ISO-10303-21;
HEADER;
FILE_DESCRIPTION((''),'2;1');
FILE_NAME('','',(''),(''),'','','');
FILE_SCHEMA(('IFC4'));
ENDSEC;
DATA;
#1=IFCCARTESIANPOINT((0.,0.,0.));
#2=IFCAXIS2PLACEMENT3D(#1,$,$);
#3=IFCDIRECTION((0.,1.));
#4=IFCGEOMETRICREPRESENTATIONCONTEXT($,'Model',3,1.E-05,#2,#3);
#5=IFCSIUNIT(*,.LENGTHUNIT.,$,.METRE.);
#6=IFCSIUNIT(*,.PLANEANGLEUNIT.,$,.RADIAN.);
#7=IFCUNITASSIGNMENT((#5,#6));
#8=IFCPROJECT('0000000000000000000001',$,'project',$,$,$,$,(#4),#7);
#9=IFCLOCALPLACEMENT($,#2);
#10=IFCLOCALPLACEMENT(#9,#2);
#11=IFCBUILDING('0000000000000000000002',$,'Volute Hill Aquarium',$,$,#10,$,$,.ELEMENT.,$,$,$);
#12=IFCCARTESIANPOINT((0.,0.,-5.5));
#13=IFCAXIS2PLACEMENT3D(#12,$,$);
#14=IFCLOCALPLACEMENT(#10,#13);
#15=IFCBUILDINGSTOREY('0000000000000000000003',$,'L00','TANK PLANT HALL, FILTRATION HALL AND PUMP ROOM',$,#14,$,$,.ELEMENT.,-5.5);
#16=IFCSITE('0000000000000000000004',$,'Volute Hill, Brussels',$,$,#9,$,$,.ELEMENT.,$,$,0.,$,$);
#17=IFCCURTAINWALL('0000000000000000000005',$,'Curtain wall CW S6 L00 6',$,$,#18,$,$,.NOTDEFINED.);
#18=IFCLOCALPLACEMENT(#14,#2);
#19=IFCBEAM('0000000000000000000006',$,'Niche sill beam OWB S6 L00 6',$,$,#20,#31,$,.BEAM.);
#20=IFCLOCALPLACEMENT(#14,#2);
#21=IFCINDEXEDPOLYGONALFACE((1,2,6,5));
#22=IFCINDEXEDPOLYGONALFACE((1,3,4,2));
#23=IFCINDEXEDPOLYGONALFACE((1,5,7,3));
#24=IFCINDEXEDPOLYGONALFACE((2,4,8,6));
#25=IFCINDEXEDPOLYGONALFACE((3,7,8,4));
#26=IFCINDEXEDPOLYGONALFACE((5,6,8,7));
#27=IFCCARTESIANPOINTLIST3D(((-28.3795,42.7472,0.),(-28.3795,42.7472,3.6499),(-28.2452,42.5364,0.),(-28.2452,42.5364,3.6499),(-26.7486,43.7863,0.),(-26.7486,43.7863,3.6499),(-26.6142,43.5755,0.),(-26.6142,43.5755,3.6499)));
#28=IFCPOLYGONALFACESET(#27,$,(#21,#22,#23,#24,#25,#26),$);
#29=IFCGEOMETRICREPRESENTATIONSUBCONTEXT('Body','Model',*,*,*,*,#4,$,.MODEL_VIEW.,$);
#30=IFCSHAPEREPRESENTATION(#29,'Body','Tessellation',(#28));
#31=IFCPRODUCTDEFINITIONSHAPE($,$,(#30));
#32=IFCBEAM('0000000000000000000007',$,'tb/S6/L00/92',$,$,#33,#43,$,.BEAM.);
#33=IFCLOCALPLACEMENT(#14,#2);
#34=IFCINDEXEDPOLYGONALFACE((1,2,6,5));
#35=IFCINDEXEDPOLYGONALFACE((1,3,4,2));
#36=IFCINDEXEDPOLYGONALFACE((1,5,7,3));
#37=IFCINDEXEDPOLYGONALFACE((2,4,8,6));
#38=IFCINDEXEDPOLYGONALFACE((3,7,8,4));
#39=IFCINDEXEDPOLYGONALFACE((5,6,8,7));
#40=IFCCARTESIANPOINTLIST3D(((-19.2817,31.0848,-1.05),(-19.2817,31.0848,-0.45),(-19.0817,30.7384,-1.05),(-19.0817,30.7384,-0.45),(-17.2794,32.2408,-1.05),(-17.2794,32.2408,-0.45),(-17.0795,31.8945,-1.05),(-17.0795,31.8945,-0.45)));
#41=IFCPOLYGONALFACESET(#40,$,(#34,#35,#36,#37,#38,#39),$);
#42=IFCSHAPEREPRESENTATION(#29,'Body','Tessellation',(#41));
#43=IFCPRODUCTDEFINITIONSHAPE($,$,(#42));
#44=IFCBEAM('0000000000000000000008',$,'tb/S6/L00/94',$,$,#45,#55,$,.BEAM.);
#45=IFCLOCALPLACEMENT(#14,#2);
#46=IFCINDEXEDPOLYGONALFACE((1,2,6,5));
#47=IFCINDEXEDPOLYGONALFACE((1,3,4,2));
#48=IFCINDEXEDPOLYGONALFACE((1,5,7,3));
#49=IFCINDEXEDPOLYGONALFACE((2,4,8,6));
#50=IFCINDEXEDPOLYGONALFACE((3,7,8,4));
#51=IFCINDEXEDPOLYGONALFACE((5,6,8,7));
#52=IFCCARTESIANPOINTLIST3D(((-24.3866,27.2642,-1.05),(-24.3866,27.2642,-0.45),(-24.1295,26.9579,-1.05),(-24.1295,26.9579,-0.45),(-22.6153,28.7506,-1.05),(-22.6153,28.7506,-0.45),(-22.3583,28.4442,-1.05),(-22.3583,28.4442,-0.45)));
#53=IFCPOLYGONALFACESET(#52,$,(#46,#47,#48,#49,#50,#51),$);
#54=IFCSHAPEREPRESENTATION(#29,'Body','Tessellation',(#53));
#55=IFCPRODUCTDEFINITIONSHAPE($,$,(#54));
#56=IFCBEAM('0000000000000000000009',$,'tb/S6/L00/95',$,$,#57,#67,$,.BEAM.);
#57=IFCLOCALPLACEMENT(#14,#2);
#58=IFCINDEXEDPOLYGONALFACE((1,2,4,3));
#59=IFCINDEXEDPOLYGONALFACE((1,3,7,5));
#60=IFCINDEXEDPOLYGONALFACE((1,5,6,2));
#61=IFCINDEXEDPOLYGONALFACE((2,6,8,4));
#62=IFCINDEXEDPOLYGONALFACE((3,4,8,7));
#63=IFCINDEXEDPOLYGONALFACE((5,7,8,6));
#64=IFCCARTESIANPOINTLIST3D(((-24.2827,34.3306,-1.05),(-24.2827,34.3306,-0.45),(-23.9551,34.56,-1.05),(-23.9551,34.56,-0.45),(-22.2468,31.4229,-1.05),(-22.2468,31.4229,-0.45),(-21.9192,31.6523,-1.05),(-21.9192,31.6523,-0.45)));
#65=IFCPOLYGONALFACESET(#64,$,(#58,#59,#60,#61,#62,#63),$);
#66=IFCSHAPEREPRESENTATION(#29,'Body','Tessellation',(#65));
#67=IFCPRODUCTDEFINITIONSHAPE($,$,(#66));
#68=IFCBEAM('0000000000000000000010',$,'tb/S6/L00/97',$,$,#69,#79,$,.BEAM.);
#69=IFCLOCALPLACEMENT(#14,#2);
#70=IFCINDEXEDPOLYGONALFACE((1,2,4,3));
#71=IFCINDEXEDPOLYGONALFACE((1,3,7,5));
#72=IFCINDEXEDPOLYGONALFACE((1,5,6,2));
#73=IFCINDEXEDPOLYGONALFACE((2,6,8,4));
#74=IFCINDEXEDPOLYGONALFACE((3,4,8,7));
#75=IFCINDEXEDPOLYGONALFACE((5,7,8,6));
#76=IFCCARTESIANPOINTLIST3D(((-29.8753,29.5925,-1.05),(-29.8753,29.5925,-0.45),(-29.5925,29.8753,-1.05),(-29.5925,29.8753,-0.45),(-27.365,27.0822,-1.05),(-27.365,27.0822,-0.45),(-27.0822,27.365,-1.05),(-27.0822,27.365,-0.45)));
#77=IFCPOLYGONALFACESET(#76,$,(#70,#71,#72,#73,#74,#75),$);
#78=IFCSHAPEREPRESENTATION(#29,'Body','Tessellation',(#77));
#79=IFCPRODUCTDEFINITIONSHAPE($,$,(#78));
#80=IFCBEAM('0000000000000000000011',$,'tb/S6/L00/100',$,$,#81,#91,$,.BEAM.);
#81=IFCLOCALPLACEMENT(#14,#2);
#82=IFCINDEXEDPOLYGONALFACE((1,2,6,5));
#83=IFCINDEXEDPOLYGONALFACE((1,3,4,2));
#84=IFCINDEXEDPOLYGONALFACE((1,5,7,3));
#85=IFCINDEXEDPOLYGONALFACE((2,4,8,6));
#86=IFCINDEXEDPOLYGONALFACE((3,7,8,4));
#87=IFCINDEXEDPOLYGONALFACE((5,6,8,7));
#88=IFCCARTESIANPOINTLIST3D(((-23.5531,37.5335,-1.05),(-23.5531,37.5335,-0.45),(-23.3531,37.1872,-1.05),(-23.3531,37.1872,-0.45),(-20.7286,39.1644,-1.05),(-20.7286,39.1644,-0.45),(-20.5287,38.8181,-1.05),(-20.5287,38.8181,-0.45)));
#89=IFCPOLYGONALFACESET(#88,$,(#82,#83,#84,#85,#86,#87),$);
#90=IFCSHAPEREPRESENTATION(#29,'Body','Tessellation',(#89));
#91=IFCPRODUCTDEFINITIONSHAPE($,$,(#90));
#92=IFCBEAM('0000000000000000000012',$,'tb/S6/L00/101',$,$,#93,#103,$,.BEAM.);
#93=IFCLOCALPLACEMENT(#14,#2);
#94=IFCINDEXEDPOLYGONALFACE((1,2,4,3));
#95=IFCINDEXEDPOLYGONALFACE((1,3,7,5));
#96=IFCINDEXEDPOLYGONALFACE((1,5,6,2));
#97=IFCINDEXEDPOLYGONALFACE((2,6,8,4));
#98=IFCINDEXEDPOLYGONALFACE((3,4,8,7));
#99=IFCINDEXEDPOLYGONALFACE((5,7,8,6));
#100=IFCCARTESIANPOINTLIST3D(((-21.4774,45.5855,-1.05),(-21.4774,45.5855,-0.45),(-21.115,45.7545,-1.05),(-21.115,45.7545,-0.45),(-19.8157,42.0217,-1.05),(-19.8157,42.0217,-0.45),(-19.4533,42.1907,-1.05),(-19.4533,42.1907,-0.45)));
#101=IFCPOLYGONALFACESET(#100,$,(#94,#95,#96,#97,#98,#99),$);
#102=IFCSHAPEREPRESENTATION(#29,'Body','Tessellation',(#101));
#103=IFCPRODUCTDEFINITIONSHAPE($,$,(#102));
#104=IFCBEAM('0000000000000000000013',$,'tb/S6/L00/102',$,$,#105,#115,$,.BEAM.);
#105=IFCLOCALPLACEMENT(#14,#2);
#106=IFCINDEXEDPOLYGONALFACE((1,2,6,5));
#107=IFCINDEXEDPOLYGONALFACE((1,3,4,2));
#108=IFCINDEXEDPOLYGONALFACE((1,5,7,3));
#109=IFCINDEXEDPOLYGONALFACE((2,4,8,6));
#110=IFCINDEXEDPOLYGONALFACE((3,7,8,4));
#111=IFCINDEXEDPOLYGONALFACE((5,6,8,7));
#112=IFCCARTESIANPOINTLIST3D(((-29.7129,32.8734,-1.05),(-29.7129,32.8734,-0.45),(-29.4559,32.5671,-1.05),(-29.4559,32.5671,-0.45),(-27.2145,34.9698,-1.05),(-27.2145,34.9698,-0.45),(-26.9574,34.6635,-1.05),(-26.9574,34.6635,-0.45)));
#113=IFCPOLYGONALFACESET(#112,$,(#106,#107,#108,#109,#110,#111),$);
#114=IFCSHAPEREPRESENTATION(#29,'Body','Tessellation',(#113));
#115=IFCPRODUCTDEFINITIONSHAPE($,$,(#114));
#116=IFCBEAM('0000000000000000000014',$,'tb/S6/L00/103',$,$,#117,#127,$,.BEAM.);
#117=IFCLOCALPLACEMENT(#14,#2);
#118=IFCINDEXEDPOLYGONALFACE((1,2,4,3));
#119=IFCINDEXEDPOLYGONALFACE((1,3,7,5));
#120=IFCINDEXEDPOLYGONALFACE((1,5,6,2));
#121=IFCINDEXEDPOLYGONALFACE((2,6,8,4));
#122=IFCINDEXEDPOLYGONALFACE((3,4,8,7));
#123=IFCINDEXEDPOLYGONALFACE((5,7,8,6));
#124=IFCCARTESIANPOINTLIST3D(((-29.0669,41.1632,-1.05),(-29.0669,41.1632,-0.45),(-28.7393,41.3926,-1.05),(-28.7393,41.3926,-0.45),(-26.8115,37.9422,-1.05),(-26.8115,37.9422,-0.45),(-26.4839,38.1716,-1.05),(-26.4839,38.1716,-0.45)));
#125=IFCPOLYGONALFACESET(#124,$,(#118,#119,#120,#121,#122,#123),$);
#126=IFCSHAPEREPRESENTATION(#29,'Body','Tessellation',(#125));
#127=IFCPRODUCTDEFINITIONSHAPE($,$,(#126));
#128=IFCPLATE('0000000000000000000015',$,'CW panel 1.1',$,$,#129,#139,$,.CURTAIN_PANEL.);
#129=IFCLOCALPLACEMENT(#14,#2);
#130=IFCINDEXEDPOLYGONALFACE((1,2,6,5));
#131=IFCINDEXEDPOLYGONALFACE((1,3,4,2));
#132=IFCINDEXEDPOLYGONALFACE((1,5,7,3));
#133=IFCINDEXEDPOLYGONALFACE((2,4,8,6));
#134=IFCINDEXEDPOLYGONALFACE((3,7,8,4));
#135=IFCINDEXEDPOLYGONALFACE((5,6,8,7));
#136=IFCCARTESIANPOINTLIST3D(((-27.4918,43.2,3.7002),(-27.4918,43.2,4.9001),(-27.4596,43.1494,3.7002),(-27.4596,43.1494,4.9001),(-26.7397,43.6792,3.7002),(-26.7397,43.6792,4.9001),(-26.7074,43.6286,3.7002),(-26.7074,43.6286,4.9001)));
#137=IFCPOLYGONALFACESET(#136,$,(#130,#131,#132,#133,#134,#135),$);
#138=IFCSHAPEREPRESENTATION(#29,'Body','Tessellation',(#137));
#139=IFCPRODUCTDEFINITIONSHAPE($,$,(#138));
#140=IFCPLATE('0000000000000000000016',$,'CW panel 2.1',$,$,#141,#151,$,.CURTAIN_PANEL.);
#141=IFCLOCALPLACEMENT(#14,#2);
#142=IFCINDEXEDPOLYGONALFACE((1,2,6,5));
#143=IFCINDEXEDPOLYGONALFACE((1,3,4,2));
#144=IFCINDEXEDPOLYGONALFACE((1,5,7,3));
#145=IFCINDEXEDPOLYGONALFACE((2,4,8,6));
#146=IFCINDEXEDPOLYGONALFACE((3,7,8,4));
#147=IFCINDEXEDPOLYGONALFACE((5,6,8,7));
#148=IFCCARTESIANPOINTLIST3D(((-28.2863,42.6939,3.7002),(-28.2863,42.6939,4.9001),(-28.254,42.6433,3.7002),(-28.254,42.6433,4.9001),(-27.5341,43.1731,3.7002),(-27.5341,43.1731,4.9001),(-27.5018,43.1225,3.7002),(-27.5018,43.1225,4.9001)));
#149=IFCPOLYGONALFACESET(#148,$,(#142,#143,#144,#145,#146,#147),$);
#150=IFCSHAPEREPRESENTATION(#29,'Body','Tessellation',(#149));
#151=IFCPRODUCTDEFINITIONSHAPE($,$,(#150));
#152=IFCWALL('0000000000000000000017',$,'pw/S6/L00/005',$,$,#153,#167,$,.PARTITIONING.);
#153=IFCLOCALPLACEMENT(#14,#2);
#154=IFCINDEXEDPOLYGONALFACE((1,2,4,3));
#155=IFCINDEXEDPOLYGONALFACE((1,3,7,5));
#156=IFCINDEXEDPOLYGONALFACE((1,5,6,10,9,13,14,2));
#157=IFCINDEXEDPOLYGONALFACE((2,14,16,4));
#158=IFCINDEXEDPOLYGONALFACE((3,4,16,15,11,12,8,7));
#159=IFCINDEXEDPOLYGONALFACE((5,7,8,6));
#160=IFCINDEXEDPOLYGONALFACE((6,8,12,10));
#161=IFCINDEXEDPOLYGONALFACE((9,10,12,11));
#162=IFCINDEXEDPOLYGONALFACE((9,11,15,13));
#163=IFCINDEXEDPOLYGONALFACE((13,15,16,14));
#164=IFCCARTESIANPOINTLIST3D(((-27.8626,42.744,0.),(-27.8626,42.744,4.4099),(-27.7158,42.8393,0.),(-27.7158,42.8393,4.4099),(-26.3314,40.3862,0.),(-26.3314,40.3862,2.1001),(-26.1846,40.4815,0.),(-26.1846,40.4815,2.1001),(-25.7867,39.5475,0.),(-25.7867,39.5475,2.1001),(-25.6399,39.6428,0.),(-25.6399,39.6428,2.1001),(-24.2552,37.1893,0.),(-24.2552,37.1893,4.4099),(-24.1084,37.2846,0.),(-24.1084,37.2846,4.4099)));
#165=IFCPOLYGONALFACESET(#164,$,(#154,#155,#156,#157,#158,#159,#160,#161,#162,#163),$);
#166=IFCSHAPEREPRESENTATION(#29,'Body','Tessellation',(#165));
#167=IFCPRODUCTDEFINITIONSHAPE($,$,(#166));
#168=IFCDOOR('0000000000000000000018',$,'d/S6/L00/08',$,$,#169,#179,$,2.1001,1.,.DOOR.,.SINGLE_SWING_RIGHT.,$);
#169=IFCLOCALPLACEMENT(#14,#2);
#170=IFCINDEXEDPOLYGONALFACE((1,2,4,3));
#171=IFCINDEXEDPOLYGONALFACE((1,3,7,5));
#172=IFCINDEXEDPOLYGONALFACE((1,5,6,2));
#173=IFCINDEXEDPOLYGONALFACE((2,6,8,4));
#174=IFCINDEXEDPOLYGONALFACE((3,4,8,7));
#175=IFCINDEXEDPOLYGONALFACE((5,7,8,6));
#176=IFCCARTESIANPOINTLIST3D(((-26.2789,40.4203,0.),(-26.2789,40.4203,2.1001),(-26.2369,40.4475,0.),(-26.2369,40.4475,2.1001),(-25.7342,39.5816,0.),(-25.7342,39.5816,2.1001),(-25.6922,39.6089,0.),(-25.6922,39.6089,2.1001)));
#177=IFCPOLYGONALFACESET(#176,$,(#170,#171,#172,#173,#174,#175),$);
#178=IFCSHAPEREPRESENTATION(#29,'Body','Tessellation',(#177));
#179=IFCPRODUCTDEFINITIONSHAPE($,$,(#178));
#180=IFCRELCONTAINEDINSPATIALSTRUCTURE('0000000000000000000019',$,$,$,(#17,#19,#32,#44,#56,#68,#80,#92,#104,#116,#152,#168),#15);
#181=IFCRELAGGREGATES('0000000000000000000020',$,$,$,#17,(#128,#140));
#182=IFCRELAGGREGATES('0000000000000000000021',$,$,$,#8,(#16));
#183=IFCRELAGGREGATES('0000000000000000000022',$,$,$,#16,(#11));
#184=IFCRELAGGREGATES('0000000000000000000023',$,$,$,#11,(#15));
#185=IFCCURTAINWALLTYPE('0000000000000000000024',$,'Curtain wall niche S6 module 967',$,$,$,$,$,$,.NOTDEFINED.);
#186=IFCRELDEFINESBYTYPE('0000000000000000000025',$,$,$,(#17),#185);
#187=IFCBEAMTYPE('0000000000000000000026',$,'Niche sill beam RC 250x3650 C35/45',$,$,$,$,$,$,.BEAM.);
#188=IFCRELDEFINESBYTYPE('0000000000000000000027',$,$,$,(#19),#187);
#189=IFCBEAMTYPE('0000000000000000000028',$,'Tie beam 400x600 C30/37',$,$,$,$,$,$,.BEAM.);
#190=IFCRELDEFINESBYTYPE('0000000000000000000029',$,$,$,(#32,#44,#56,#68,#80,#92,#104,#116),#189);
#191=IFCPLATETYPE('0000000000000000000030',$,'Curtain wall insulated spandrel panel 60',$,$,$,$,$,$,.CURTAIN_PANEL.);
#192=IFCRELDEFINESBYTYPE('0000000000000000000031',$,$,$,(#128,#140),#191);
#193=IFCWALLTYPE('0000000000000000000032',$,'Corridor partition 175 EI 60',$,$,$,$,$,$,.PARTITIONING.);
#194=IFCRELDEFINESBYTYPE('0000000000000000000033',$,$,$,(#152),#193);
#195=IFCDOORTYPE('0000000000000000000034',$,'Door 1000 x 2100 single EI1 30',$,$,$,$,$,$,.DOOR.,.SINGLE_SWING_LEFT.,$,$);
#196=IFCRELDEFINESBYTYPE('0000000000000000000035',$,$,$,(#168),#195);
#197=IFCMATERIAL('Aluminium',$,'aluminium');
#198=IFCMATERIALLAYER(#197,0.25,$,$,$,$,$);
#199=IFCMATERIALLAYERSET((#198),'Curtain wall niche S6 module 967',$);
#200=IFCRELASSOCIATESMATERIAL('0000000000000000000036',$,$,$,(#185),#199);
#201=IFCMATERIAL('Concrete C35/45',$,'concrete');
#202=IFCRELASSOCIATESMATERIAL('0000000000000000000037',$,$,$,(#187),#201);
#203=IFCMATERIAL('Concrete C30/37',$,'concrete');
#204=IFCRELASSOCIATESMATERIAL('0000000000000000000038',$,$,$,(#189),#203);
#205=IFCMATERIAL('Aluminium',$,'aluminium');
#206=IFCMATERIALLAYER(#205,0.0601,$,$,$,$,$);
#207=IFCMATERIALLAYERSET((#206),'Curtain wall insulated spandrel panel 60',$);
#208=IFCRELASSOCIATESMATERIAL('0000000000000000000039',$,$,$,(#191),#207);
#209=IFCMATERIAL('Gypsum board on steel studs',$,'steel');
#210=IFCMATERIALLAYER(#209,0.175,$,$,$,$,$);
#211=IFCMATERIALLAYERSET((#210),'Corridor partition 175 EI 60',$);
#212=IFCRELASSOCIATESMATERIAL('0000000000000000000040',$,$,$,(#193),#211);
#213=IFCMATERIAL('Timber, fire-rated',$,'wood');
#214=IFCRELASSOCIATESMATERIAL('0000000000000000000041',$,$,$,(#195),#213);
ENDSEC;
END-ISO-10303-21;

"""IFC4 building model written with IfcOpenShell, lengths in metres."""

from ifc_helpers import new_model, si_unit, direction, frame, frame_2d, origin, origin_2d, place, context, subcontext, project, spatial, rectangle, extrude, material, layer, layer_set, material_profile, profile_set, type_object, element, fill, aggregate, save


model = new_model("IFC4")

# Units and contexts
model_context = context("Model", 3, precision=1e-05, world=origin(), true_north=direction((0.0, 1.0)))
body_context = subcontext(model_context, "Body", "Model", "MODEL_VIEW")
ifc_project = project(units=[si_unit("LENGTHUNIT", "METRE"), si_unit("PLANEANGLEUNIT", "RADIAN")], contexts=[model_context])

# Site, building, storey
site_placement = place(None, origin())
site = spatial("IfcSite", under=ifc_project, at=site_placement, Name="Volute Hill, Brussels", CompositionType="ELEMENT", RefElevation=0.0)
building_placement = place(site_placement, origin())
building = spatial("IfcBuilding", under=site, at=building_placement, Name="Volute Hill Aquarium", CompositionType="ELEMENT")
storey_placement = place(building_placement, frame((0.0, 0.0, -5.5)))
storey = spatial("IfcBuildingStorey", under=building, at=storey_placement, Name="L00", Description="TANK PLANT HALL, FILTRATION HALL AND PUMP ROOM", CompositionType="ELEMENT", Elevation=-5.5)

# Curtain wall
ifc_material_1 = material(Name="Aluminium", Category="aluminium")
ifc_layer_1 = layer(ifc_material_1, 0.25)
ifc_layer_set_1 = layer_set([ifc_layer_1], Name="Curtain wall niche S6 module 967")
curtain_wall_type = type_object("IfcCurtainWallType", Name="Curtain wall niche S6 module 967", PredefinedType="NOTDEFINED", material=ifc_layer_set_1)
curtain_wall_placement = place(storey_placement, origin())
curtain_wall = element("IfcCurtainWall", 1, at=curtain_wall_placement, inside=storey, type_object=curtain_wall_type, Name="Curtain wall CW S6 L00 6", PredefinedType="NOTDEFINED")

# Beams
ifc_material_2 = material(Name="Concrete C35/45", Category="concrete")
ifc_material_profile_1 = material_profile(ifc_material_2, rectangle(XDim=0.25, YDim=3.6499, at=origin_2d()), Name="RC beam 250x3650")
ifc_profile_set_1 = profile_set([ifc_material_profile_1], Name="Concrete C35/45")
beam_type_1 = type_object("IfcBeamType", Name="Niche sill beam RC 250x3650 C35/45", PredefinedType="BEAM", material=ifc_profile_set_1)
beam_1_placement = place(storey_placement, frame((-26.6814, 43.6809, 1.825), z_axis=(-0.84337, -0.537333, 0.0), x_axis=(0.537333, -0.84337, 0.0)))
element("IfcBeam", 2, at=beam_1_placement, inside=storey, type_object=beam_type_1, Name="Niche sill beam OWB S6 L00 6", PredefinedType="BEAM", context=body_context, shape_type="SweptSolid", body=[
    extrude(rectangle(XDim=0.25, YDim=3.6499, at=origin_2d()), origin(), (0.0, 0.0, 1.0), 1.9338),
])
ifc_material_3 = material(Name="Concrete C30/37", Category="concrete")
ifc_material_profile_2 = material_profile(ifc_material_3, rectangle(XDim=0.3999, YDim=0.6001, at=origin_2d()), Name="RC tie beam 400x600")
ifc_profile_set_2 = profile_set([ifc_material_profile_2], Name="Concrete C30/37")
beam_type_2 = type_object("IfcBeamType", Name="Tie beam 400x600 C30/37", PredefinedType="BEAM", material=ifc_profile_set_2)
beam_2_placement = place(storey_placement, frame((-17.1794, 32.0676, -0.75), z_axis=(-0.866019, -0.500012, 0.0), x_axis=(0.500012, -0.866019, 0.0)))
element("IfcBeam", 3, at=beam_2_placement, inside=storey, type_object=beam_type_2, Name="tb/S6/L00/92", PredefinedType="BEAM", context=body_context, shape_type="SweptSolid", body=[
    extrude(rectangle(XDim=0.3999, YDim=0.6001, at=origin_2d()), origin(), (0.0, 0.0, 1.0), 2.312),
])
beam_3_placement = place(storey_placement, frame((-22.4868, 28.5974, -0.75), z_axis=(-0.766027, -0.642808, 0.0), x_axis=(0.642808, -0.766027, 0.0)))
element("IfcBeam", 4, at=beam_3_placement, inside=storey, type_object=beam_type_2, Name="tb/S6/L00/94", PredefinedType="BEAM", context=body_context, shape_type="SweptSolid", body=[
    extrude(rectangle(XDim=0.3999, YDim=0.6001, at=origin_2d()), origin(), (0.0, 0.0, 1.0), 2.3123),
])
beam_4_placement = place(storey_placement, frame((-22.083, 31.5376, -0.75), z_axis=(-0.573555, 0.819167, 0.0), x_axis=(-0.819167, -0.573555, 0.0)))
element("IfcBeam", 5, at=beam_4_placement, inside=storey, type_object=beam_type_2, Name="tb/S6/L00/95", PredefinedType="BEAM", context=body_context, shape_type="SweptSolid", body=[
    extrude(rectangle(XDim=0.3999, YDim=0.6001, at=origin_2d()), origin(), (0.0, 0.0, 1.0), 3.5496),
])
beam_5_placement = place(storey_placement, frame((-27.2236, 27.2236, -0.75), z_axis=(-0.707107, 0.707107, 0.0), x_axis=(-0.707107, -0.707107, 0.0)))
element("IfcBeam", 6, at=beam_5_placement, inside=storey, type_object=beam_type_2, Name="tb/S6/L00/97", PredefinedType="BEAM", context=body_context, shape_type="SweptSolid", body=[
    extrude(rectangle(XDim=0.3999, YDim=0.6001, at=origin_2d()), origin(), (0.0, 0.0, 1.0), 3.55),
])
beam_6_placement = place(storey_placement, frame((-20.6287, 38.9912, -0.75), z_axis=(-0.866005, -0.500036, 0.0), x_axis=(0.500036, -0.866005, 0.0)))
element("IfcBeam", 7, at=beam_6_placement, inside=storey, type_object=beam_type_2, Name="tb/S6/L00/100", PredefinedType="BEAM", context=body_context, shape_type="SweptSolid", body=[
    extrude(rectangle(XDim=0.3999, YDim=0.6001, at=origin_2d()), origin(), (0.0, 0.0, 1.0), 3.2615),
])
beam_7_placement = place(storey_placement, frame((-19.6345, 42.1062, -0.75), z_axis=(-0.422583, 0.906324, 0.0), x_axis=(-0.906324, -0.422583, 0.0)))
element("IfcBeam", 8, at=beam_7_placement, inside=storey, type_object=beam_type_2, Name="tb/S6/L00/101", PredefinedType="BEAM", context=body_context, shape_type="SweptSolid", body=[
    extrude(rectangle(XDim=0.3999, YDim=0.6001, at=origin_2d()), origin(), (0.0, 0.0, 1.0), 3.9321),
])
beam_8_placement = place(storey_placement, frame((-27.0859, 34.8167, -0.75), z_axis=(-0.766057, -0.642772, 0.0), x_axis=(0.642772, -0.766057, 0.0)))
element("IfcBeam", 9, at=beam_8_placement, inside=storey, type_object=beam_type_2, Name="tb/S6/L00/102", PredefinedType="BEAM", context=body_context, shape_type="SweptSolid", body=[
    extrude(rectangle(XDim=0.3999, YDim=0.6001, at=origin_2d()), origin(), (0.0, 0.0, 1.0), 3.2615),
])
beam_9_placement = place(storey_placement, frame((-26.6477, 38.0569, -0.75), z_axis=(-0.573583, 0.819147, 0.0), x_axis=(-0.819147, -0.573583, 0.0)))
element("IfcBeam", 10, at=beam_9_placement, inside=storey, type_object=beam_type_2, Name="tb/S6/L00/103", PredefinedType="BEAM", context=body_context, shape_type="SweptSolid", body=[
    extrude(rectangle(XDim=0.3999, YDim=0.6001, at=origin_2d()), origin(), (0.0, 0.0, 1.0), 3.9321),
])

# Plates
ifc_material_4 = material(Name="Aluminium", Category="aluminium")
ifc_layer_2 = layer(ifc_material_4, 0.0601)
ifc_layer_set_2 = layer_set([ifc_layer_2], Name="Curtain wall insulated spandrel panel 60")
plate_type = type_object("IfcPlateType", Name="Curtain wall insulated spandrel panel 60", PredefinedType="CURTAIN_PANEL", material=ifc_layer_set_2)
plate_1_placement = place(storey_placement, frame((-27.0996, 43.4143, 3.7002), z_axis=(0.0, 0.0, 1.0), x_axis=(-0.843395, -0.537295, 0.0)))
plate_1 = element("IfcPlate", 11, at=plate_1_placement, type_object=plate_type, Name="CW panel 1.1", PredefinedType="CURTAIN_PANEL", context=body_context, shape_type="SweptSolid", body=[
    extrude(rectangle(XDim=0.8918, YDim=0.0601, at=origin_2d()), origin(), (0.0, 0.0, 1.0), 1.2),
])
plate_2_placement = place(storey_placement, frame((-27.894, 42.9082, 3.7002), z_axis=(0.0, 0.0, 1.0), x_axis=(-0.843395, -0.537295, 0.0)))
plate_2 = element("IfcPlate", 12, at=plate_2_placement, type_object=plate_type, Name="CW panel 2.1", PredefinedType="CURTAIN_PANEL", context=body_context, shape_type="SweptSolid", body=[
    extrude(rectangle(XDim=0.8918, YDim=0.0601, at=origin_2d()), origin(), (0.0, 0.0, 1.0), 1.2),
])
aggregate(curtain_wall, [plate_1, plate_2])

# Wall, opening, door
ifc_material_5 = material(Name="Gypsum board on steel studs", Category="steel")
ifc_layer_3 = layer(ifc_material_5, 0.175)
ifc_layer_set_3 = layer_set([ifc_layer_3], Name="Corridor partition 175 EI 60")
wall_type_1 = type_object("IfcWallType", Name="Corridor partition 175 EI 60", PredefinedType="PARTITIONING", material=ifc_layer_set_3)
wall_1_placement = place(storey_placement, frame((-24.1819, 37.2371, 0.0), z_axis=(0.0, 0.0, 1.0), x_axis=(-0.544657, 0.838659, 0.0)))
wall_1 = element("IfcWall", 13, at=wall_1_placement, inside=storey, type_object=wall_type_1, Name="pw/S6/L00/005", PredefinedType="PARTITIONING", context=body_context, shape_type="SweptSolid", body=[
    extrude(rectangle(XDim=6.6233, YDim=0.175, at=frame_2d((3.3115, 0.0))), origin(), (0.0, 0.0, 1.0), 4.4099),
])
opening_placement = place(wall_1_placement, frame((2.8118, 0.0, 0.0)))
opening = element("IfcOpeningElement", 14, at=opening_placement, cuts=wall_1, PredefinedType="OPENING", context=body_context, shape_type="SweptSolid", body=[
    extrude(rectangle(XDim=1.0, YDim=2.1001, at=frame_2d((0.5, 1.05))), frame((0.0, 0.0974, 0.0), z_axis=(0.0, -1.0, 0.0), x_axis=(1.0, 0.0, 0.0)), (0.0, 0.0, 1.0), 0.1951),
])
ifc_material_6 = material(Name="Timber, fire-rated", Category="wood")
door_type = type_object("IfcDoorType", Name="Door 1000 x 2100 single EI1 30", OperationType="SINGLE_SWING_LEFT", PredefinedType="DOOR", material=ifc_material_6)
door_placement = place(opening_placement, origin())
door = element("IfcDoor", 15, at=door_placement, inside=storey, type_object=door_type, Name="d/S6/L00/08", OperationType="SINGLE_SWING_RIGHT", OverallHeight=2.1001, OverallWidth=1.0, PredefinedType="DOOR", context=body_context, shape_type="SweptSolid", body=[
    extrude(rectangle(XDim=1.0, YDim=2.1001, at=frame_2d((0.5, 1.05))), frame((0.0, 0.0249, 0.0), z_axis=(0.0, -1.0, 0.0), x_axis=(1.0, 0.0, 0.0)), (0.0, 0.0, 1.0), 0.05),
])
fill(opening, door)

save(model, "model.ifc")
